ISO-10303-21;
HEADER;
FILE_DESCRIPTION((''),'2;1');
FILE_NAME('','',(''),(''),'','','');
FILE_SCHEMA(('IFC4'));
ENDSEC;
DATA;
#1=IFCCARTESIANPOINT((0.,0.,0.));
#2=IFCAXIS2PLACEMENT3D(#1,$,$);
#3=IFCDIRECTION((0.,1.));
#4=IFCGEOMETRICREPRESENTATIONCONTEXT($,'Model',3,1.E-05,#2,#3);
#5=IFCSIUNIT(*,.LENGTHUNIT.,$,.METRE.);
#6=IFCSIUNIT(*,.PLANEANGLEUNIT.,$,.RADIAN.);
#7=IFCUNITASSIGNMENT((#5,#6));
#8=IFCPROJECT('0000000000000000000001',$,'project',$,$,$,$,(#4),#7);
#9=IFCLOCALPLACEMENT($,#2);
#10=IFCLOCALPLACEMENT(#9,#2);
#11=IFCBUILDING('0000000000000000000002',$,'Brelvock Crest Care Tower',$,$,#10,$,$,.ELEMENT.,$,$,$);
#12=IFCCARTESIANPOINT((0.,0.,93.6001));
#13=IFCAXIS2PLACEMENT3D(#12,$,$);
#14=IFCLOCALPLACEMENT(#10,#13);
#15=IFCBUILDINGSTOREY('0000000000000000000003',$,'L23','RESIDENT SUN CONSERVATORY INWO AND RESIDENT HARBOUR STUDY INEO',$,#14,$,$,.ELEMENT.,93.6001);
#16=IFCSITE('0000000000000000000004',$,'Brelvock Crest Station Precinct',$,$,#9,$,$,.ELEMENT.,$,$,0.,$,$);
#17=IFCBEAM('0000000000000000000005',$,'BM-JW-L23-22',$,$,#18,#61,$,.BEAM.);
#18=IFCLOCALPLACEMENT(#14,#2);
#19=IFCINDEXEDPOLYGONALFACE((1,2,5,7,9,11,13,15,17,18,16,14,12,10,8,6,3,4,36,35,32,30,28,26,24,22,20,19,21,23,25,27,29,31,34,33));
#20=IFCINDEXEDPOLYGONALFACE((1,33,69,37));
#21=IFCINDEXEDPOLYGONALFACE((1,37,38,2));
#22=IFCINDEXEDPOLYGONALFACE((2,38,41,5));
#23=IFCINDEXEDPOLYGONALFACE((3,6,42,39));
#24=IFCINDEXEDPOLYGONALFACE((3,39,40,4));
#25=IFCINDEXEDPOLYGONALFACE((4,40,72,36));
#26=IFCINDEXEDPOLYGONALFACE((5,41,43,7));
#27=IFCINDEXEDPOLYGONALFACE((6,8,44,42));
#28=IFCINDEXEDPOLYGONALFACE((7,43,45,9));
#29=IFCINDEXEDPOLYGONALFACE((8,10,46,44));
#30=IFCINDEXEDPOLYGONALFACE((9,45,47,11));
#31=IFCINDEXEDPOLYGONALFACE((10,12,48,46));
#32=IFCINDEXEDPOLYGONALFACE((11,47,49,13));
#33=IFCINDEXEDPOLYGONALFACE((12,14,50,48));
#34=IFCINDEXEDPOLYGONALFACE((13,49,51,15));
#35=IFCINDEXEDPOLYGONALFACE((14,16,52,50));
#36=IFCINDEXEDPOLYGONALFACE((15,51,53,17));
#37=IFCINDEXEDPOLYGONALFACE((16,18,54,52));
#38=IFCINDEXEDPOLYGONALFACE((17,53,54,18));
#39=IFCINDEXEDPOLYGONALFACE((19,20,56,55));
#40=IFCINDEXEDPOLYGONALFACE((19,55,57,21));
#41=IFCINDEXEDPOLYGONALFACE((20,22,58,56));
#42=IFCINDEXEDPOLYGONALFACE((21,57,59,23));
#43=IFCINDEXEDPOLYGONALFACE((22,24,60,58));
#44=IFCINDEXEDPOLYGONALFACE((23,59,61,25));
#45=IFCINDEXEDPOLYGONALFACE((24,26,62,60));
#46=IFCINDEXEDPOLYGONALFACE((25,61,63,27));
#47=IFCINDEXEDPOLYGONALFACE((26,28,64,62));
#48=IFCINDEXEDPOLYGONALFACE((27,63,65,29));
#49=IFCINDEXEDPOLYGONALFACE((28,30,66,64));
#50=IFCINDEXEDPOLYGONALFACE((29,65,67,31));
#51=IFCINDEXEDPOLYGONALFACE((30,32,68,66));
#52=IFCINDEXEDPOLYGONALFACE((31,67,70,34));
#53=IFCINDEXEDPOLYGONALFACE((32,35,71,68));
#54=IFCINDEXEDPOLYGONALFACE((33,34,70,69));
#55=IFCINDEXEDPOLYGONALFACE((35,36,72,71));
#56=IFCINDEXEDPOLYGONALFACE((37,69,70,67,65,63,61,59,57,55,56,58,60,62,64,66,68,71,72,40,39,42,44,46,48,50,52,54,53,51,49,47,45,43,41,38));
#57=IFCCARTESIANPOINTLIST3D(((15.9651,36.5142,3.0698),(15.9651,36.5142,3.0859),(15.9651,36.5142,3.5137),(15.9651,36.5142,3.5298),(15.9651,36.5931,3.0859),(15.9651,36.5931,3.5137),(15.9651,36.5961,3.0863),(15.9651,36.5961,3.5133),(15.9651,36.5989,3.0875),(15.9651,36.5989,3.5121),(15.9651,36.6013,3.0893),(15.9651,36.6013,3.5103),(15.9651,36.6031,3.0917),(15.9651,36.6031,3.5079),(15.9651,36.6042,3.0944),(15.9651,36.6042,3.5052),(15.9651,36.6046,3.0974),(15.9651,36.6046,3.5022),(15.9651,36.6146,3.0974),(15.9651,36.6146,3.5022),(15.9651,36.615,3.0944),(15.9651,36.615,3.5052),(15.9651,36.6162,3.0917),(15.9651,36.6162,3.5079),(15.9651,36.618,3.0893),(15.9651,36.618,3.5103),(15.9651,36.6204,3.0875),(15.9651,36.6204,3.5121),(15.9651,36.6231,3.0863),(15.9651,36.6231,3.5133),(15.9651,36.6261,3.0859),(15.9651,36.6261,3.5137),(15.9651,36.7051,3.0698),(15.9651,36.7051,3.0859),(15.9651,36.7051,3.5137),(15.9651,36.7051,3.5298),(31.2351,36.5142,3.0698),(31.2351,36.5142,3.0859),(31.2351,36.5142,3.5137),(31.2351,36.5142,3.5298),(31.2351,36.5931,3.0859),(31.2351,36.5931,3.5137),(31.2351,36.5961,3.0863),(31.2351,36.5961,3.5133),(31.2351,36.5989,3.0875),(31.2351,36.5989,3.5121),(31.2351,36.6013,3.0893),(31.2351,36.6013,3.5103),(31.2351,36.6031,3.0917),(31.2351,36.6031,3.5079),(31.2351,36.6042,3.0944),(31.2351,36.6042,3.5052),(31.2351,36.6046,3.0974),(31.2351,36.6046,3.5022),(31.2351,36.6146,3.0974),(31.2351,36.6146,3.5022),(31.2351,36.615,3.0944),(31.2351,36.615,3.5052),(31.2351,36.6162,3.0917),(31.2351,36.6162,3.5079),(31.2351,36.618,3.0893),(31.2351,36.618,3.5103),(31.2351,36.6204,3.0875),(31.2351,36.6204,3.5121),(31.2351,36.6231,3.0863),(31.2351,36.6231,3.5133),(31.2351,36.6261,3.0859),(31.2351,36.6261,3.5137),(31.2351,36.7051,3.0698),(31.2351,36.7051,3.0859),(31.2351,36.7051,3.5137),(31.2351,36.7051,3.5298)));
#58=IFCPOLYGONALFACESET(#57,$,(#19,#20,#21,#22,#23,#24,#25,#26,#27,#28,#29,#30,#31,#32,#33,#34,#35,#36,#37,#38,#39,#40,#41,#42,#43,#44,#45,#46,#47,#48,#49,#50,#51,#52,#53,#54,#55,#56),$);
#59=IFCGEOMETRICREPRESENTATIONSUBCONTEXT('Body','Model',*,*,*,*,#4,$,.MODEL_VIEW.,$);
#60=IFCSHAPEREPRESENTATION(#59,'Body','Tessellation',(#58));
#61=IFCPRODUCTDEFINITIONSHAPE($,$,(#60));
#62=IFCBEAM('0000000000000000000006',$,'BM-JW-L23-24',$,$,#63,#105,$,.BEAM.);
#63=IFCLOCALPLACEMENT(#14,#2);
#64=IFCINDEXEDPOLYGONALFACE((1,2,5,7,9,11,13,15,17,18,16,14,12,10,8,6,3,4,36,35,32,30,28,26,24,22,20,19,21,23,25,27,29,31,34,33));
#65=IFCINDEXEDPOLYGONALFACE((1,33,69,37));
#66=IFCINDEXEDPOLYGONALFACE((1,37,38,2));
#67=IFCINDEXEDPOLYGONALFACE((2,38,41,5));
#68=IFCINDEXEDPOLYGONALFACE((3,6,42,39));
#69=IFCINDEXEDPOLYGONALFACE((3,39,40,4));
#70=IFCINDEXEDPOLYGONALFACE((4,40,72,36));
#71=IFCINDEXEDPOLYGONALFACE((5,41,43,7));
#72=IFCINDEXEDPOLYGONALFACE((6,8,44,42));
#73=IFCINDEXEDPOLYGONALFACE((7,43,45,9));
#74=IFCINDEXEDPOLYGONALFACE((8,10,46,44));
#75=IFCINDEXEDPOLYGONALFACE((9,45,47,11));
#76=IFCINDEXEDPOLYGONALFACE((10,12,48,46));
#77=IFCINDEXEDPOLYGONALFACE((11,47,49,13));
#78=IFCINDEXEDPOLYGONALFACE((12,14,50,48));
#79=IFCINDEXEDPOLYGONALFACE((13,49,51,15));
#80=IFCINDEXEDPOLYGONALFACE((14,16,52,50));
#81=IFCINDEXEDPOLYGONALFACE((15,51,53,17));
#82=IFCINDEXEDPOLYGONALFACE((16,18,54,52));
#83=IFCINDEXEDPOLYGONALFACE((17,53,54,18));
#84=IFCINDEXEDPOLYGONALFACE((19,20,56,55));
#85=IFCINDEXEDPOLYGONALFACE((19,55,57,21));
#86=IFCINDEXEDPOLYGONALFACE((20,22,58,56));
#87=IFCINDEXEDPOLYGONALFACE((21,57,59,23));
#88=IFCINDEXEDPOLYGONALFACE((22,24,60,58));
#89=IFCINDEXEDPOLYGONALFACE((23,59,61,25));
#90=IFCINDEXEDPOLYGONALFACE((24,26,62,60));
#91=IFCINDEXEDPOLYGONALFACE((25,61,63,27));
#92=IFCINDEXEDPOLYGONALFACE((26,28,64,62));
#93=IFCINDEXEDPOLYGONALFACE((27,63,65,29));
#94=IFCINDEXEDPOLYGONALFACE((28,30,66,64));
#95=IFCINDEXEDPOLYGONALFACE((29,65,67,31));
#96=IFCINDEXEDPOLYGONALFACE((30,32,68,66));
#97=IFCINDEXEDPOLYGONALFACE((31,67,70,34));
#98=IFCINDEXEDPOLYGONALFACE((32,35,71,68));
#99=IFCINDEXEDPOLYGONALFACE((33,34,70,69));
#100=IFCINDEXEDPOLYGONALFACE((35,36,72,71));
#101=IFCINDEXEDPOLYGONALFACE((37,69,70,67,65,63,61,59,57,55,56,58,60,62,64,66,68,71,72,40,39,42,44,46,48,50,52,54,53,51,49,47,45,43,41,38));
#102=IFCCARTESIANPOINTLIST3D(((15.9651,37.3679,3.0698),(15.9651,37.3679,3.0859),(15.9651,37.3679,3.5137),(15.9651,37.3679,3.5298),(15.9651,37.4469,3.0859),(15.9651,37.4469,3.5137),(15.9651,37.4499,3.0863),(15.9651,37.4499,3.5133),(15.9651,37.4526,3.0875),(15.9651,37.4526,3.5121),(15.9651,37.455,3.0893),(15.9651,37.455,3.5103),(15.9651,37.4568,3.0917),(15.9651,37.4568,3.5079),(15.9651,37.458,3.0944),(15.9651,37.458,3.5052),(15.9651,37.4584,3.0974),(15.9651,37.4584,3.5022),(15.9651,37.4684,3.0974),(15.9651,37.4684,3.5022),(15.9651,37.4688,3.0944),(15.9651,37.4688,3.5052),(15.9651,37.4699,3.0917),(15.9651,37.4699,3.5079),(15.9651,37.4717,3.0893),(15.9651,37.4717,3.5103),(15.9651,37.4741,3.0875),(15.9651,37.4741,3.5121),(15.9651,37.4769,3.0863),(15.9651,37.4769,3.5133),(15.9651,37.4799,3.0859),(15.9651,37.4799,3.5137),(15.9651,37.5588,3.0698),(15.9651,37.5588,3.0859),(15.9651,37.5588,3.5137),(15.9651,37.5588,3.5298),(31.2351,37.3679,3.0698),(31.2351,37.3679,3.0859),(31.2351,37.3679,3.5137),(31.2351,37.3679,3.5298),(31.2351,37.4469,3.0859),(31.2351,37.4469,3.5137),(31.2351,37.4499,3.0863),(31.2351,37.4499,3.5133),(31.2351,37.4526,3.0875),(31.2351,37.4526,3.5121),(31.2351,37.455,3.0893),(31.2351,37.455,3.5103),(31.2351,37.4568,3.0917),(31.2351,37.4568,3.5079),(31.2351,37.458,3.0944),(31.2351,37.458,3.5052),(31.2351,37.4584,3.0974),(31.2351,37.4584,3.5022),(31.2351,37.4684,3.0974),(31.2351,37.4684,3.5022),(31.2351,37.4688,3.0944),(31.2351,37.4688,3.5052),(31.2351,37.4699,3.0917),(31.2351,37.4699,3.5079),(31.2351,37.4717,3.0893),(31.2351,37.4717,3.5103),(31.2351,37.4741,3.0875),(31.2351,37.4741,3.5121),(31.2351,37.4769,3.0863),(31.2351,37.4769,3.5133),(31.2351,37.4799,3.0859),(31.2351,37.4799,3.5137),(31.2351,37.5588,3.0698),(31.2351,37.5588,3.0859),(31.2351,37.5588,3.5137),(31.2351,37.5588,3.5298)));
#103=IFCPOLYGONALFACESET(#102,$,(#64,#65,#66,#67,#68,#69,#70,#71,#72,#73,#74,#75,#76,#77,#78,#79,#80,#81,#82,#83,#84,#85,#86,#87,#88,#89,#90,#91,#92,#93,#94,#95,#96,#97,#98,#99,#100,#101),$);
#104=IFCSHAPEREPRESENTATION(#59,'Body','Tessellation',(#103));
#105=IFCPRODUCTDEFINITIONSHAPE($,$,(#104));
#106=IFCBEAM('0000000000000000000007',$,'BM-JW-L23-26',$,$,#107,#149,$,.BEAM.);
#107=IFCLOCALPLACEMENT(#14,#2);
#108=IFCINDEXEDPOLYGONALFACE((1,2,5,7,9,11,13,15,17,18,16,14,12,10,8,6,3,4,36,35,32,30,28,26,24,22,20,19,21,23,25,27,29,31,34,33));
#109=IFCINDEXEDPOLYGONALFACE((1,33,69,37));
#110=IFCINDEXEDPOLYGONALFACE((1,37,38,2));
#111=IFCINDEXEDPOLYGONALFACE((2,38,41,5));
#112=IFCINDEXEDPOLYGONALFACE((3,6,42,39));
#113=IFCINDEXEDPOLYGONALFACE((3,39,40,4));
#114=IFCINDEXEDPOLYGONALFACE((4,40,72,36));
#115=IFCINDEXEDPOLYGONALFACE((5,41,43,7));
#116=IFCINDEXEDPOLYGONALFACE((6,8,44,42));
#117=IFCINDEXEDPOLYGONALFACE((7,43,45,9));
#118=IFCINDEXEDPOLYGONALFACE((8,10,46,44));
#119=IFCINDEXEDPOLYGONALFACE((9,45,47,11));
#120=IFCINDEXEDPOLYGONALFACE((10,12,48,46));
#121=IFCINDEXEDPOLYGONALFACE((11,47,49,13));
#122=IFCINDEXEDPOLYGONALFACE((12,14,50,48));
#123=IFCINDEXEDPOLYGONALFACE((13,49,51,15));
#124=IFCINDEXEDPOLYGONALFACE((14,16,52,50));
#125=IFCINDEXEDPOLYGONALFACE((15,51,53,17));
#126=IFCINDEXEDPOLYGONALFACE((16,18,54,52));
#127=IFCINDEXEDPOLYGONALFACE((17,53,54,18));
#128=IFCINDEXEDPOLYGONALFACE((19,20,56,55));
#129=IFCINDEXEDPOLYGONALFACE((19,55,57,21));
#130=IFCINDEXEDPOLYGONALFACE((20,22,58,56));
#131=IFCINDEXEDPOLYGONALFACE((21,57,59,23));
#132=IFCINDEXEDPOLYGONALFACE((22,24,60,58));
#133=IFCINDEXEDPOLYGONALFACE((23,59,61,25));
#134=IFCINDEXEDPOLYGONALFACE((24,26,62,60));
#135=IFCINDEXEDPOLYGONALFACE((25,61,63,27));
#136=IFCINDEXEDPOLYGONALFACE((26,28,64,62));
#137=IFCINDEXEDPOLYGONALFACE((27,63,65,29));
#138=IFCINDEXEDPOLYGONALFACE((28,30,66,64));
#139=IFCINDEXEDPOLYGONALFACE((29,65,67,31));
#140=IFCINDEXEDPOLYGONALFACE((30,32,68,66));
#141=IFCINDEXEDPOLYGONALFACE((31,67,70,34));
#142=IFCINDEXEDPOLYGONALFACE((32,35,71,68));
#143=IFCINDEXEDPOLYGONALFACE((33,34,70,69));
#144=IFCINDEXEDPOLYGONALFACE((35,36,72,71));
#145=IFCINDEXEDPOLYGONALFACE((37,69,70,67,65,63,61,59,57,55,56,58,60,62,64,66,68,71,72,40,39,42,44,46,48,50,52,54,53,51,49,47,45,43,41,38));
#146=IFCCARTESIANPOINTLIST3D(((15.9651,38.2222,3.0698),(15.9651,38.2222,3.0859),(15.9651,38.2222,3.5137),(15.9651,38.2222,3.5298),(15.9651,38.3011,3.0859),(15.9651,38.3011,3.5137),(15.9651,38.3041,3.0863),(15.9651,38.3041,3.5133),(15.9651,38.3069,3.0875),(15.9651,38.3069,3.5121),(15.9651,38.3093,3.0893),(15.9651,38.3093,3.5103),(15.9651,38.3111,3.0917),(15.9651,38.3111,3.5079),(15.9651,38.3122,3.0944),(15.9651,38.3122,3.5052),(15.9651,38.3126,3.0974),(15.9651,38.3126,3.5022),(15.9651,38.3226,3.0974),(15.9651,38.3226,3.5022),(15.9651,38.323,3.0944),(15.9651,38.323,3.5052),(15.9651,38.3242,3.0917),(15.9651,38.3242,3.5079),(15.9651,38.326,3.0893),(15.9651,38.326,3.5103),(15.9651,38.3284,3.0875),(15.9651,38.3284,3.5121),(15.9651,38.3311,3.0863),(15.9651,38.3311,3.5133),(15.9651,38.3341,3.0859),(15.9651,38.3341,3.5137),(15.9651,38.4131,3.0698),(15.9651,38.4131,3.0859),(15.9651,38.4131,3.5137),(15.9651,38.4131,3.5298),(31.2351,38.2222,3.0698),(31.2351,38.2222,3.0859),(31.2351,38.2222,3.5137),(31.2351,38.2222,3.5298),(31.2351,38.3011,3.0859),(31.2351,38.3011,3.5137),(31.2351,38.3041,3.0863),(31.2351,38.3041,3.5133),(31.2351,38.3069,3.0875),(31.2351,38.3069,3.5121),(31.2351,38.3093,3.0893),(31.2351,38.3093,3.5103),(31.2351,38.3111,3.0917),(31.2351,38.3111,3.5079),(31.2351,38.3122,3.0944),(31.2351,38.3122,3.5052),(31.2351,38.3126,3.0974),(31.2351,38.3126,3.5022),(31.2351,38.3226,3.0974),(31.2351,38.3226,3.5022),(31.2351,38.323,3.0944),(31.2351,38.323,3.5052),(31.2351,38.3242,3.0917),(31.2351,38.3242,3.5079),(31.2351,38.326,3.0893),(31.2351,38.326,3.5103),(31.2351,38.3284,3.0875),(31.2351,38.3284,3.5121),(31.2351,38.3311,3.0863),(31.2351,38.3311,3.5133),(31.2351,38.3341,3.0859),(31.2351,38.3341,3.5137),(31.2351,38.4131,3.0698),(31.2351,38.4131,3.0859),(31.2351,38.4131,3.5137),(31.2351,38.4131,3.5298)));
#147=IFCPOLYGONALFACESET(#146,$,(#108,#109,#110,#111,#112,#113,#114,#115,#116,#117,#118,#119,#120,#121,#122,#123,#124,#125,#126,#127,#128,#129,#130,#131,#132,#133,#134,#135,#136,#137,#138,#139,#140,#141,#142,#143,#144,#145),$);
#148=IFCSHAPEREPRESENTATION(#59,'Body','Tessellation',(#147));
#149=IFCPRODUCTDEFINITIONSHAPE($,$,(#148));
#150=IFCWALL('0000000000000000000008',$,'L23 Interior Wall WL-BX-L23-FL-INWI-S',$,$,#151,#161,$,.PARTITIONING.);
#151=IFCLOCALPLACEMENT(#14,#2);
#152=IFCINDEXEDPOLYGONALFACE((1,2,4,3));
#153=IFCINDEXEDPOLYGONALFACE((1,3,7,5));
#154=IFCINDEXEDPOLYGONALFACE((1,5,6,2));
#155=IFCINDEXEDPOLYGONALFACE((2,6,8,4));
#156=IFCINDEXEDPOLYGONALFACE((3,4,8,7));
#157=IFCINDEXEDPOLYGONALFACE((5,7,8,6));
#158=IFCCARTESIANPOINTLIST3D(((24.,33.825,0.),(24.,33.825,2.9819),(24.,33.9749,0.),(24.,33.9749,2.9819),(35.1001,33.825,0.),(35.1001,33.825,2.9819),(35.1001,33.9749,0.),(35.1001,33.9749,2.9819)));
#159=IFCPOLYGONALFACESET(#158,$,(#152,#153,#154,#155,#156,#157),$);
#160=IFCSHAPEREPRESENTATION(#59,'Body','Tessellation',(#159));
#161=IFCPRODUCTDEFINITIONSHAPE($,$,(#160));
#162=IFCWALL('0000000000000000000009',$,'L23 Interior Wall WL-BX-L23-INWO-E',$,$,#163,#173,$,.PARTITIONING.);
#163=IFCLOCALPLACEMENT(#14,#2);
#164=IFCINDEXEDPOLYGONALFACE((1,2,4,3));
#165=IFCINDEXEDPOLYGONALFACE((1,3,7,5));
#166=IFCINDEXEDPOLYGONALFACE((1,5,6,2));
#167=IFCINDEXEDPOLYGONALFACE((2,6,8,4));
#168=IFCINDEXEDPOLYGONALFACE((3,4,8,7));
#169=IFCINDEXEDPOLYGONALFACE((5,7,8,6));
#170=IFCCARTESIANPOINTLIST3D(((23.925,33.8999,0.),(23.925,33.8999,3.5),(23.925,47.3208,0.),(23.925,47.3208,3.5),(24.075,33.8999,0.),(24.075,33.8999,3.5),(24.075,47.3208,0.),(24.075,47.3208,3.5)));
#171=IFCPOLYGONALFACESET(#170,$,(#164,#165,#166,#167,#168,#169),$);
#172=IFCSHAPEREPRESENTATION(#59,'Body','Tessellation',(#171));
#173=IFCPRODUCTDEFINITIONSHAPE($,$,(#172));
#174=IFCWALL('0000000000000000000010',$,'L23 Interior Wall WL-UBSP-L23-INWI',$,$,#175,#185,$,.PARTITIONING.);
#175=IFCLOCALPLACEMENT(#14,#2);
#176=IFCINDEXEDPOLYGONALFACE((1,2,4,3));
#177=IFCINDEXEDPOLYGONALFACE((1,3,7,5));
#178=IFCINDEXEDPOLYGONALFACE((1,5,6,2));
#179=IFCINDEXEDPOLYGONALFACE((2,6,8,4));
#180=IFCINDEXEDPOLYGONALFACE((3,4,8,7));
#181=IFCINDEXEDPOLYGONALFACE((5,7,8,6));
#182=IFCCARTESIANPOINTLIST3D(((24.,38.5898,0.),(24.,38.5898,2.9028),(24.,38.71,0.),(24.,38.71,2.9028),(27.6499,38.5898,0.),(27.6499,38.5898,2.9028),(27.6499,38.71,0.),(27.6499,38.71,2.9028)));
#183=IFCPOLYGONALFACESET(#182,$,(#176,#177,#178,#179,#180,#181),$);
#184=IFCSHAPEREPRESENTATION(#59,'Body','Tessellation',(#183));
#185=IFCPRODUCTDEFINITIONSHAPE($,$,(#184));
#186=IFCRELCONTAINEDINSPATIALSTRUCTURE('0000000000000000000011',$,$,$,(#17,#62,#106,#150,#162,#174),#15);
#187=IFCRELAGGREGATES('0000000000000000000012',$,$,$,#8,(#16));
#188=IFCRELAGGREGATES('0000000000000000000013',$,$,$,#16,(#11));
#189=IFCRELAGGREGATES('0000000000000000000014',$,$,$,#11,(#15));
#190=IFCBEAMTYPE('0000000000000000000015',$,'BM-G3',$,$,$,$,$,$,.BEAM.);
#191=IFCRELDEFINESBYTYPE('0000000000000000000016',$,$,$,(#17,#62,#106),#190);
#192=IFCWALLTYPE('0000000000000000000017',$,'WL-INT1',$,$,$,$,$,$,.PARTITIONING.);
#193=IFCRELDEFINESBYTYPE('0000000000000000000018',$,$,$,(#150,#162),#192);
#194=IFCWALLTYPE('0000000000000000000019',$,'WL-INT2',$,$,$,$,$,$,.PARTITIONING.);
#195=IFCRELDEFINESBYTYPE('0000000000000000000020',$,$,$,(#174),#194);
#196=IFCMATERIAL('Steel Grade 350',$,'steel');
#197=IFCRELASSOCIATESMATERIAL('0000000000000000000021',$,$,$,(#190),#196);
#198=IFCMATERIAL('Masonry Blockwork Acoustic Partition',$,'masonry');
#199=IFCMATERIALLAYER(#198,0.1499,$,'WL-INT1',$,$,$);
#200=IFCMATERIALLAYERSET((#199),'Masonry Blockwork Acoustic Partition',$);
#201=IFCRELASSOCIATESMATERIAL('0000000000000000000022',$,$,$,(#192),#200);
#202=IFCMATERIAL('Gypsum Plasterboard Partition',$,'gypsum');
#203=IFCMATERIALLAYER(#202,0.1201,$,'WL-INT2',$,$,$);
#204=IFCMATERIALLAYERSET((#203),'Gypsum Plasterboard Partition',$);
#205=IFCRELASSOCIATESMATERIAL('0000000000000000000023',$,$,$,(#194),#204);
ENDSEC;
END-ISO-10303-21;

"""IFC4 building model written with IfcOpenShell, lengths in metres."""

from ifc_helpers import new_model, si_unit, direction, frame, frame_2d, origin, origin_2d, place, context, subcontext, project, spatial, rectangle, i_section, extrude, source, transform, mapped, material, layer, layer_set, material_profile, profile_set, type_object, element, save


model = new_model("IFC4")

# Units and contexts
model_context = context("Model", 3, precision=1e-05, world=origin(), true_north=direction((0.0, 1.0)))
body_context = subcontext(model_context, "Body", "Model", "MODEL_VIEW")
ifc_project = project(units=[si_unit("LENGTHUNIT", "METRE"), si_unit("PLANEANGLEUNIT", "RADIAN")], contexts=[model_context])

# Site, building, storey
site_placement = place(None, origin())
site = spatial("IfcSite", under=ifc_project, at=site_placement, Name="Brelvock Crest Station Precinct", CompositionType="ELEMENT", RefElevation=0.0)
building_placement = place(site_placement, origin())
building = spatial("IfcBuilding", under=site, at=building_placement, Name="Brelvock Crest Care Tower", CompositionType="ELEMENT")
storey_placement = place(building_placement, frame((0.0, 0.0, 93.6001)))
storey = spatial("IfcBuildingStorey", under=building, at=storey_placement, Name="L23", Description="RESIDENT SUN CONSERVATORY INWO AND RESIDENT HARBOUR STUDY INEO", CompositionType="ELEMENT", Elevation=93.6001)

# Beams
ifc_material_1 = material(Name="Steel Grade 350", Category="steel")
ifc_material_profile_1 = material_profile(ifc_material_1, i_section(OverallWidth=0.1909, OverallDepth=0.46, WebThickness=0.01, FlangeThickness=0.0161, FilletRadius=0.0115, at=origin_2d()), Name="460UB82.1")
ifc_profile_set_1 = profile_set([ifc_material_profile_1], Name="Steel Grade 350")
beam_type_1 = type_object("IfcBeamType", Name="BM-G3", PredefinedType="BEAM", material=ifc_profile_set_1)
shared_shape_1 = source(origin(), body_context, "Body", "SweptSolid", [
    extrude(i_section(OverallWidth=0.1909, OverallDepth=0.46, WebThickness=0.01, FlangeThickness=0.0161, FilletRadius=0.0115, at=origin_2d()), origin(), (0.0, 0.0, 1.0), 15.27),
])
for number, where, z_axis, x_axis, name in (
    (1, (15.9651, 36.6096, 3.2998), (1.0, 0.0, 0.0), (0.0, 1.0, 0.0), "BM-JW-L23-22"),
    (2, (15.9651, 37.4634, 3.2998), (1.0, 0.0, 0.0), (0.0, 1.0, 0.0), "BM-JW-L23-24"),
    (3, (15.9651, 38.3176, 3.2998), (1.0, 0.0, 0.0), (0.0, 1.0, 0.0), "BM-JW-L23-26"),
):
    element("IfcBeam", number, at=place(storey_placement, frame(where, z_axis=z_axis, x_axis=x_axis)), inside=storey, type_object=beam_type_1, Name=name, PredefinedType="BEAM", context=body_context, shape_type="MappedRepresentation", body=[
        mapped(shared_shape_1, transform((0.0, 0.0, 0.0), x_axis=(1.0, 0.0, 0.0), y_axis=(0.0, 1.0, 0.0), z_axis=(0.0, 0.0, 1.0), scale=1.0)),
    ])

# Walls
ifc_material_2 = material(Name="Masonry Blockwork Acoustic Partition", Category="masonry")
ifc_layer_1 = layer(ifc_material_2, 0.1499, Name="WL-INT1")
ifc_layer_set_1 = layer_set([ifc_layer_1], Name="Masonry Blockwork Acoustic Partition")
wall_type_1 = type_object("IfcWallType", Name="WL-INT1", PredefinedType="PARTITIONING", material=ifc_layer_set_1)
wall_1_placement = place(storey_placement, frame((24.0, 33.8999, 0.0), z_axis=(0.0, 0.0, 1.0), x_axis=(1.0, 0.0, 0.0)))
element("IfcWall", 4, at=wall_1_placement, inside=storey, type_object=wall_type_1, Name="L23 Interior Wall WL-BX-L23-FL-INWI-S", PredefinedType="PARTITIONING", context=body_context, shape_type="SweptSolid", body=[
    extrude(rectangle(XDim=11.1001, YDim=0.1499, at=frame_2d((5.55, 0.0))), origin(), (0.0, 0.0, 1.0), 2.9819),
])
wall_2_placement = place(storey_placement, frame((24.0, 33.8999, 0.0), z_axis=(0.0, 0.0, 1.0), x_axis=(0.0, 1.0, 0.0)))
element("IfcWall", 5, at=wall_2_placement, inside=storey, type_object=wall_type_1, Name="L23 Interior Wall WL-BX-L23-INWO-E", PredefinedType="PARTITIONING", context=body_context, shape_type="SweptSolid", body=[
    extrude(rectangle(XDim=13.4209, YDim=0.1499, at=frame_2d((6.7104, 0.0))), origin(), (0.0, 0.0, 1.0), 3.5),
])
ifc_material_3 = material(Name="Gypsum Plasterboard Partition", Category="gypsum")
ifc_layer_2 = layer(ifc_material_3, 0.1201, Name="WL-INT2")
ifc_layer_set_2 = layer_set([ifc_layer_2], Name="Gypsum Plasterboard Partition")
wall_type_2 = type_object("IfcWallType", Name="WL-INT2", PredefinedType="PARTITIONING", material=ifc_layer_set_2)
wall_3_placement = place(storey_placement, frame((24.0, 38.6499, 0.0), z_axis=(0.0, 0.0, 1.0), x_axis=(1.0, 0.0, 0.0)))
element("IfcWall", 6, at=wall_3_placement, inside=storey, type_object=wall_type_2, Name="L23 Interior Wall WL-UBSP-L23-INWI", PredefinedType="PARTITIONING", context=body_context, shape_type="SweptSolid", body=[
    extrude(rectangle(XDim=3.6499, YDim=0.1201, at=frame_2d((1.825, 0.0))), origin(), (0.0, 0.0, 1.0), 2.9028),
])

save(model, "model.ifc")
